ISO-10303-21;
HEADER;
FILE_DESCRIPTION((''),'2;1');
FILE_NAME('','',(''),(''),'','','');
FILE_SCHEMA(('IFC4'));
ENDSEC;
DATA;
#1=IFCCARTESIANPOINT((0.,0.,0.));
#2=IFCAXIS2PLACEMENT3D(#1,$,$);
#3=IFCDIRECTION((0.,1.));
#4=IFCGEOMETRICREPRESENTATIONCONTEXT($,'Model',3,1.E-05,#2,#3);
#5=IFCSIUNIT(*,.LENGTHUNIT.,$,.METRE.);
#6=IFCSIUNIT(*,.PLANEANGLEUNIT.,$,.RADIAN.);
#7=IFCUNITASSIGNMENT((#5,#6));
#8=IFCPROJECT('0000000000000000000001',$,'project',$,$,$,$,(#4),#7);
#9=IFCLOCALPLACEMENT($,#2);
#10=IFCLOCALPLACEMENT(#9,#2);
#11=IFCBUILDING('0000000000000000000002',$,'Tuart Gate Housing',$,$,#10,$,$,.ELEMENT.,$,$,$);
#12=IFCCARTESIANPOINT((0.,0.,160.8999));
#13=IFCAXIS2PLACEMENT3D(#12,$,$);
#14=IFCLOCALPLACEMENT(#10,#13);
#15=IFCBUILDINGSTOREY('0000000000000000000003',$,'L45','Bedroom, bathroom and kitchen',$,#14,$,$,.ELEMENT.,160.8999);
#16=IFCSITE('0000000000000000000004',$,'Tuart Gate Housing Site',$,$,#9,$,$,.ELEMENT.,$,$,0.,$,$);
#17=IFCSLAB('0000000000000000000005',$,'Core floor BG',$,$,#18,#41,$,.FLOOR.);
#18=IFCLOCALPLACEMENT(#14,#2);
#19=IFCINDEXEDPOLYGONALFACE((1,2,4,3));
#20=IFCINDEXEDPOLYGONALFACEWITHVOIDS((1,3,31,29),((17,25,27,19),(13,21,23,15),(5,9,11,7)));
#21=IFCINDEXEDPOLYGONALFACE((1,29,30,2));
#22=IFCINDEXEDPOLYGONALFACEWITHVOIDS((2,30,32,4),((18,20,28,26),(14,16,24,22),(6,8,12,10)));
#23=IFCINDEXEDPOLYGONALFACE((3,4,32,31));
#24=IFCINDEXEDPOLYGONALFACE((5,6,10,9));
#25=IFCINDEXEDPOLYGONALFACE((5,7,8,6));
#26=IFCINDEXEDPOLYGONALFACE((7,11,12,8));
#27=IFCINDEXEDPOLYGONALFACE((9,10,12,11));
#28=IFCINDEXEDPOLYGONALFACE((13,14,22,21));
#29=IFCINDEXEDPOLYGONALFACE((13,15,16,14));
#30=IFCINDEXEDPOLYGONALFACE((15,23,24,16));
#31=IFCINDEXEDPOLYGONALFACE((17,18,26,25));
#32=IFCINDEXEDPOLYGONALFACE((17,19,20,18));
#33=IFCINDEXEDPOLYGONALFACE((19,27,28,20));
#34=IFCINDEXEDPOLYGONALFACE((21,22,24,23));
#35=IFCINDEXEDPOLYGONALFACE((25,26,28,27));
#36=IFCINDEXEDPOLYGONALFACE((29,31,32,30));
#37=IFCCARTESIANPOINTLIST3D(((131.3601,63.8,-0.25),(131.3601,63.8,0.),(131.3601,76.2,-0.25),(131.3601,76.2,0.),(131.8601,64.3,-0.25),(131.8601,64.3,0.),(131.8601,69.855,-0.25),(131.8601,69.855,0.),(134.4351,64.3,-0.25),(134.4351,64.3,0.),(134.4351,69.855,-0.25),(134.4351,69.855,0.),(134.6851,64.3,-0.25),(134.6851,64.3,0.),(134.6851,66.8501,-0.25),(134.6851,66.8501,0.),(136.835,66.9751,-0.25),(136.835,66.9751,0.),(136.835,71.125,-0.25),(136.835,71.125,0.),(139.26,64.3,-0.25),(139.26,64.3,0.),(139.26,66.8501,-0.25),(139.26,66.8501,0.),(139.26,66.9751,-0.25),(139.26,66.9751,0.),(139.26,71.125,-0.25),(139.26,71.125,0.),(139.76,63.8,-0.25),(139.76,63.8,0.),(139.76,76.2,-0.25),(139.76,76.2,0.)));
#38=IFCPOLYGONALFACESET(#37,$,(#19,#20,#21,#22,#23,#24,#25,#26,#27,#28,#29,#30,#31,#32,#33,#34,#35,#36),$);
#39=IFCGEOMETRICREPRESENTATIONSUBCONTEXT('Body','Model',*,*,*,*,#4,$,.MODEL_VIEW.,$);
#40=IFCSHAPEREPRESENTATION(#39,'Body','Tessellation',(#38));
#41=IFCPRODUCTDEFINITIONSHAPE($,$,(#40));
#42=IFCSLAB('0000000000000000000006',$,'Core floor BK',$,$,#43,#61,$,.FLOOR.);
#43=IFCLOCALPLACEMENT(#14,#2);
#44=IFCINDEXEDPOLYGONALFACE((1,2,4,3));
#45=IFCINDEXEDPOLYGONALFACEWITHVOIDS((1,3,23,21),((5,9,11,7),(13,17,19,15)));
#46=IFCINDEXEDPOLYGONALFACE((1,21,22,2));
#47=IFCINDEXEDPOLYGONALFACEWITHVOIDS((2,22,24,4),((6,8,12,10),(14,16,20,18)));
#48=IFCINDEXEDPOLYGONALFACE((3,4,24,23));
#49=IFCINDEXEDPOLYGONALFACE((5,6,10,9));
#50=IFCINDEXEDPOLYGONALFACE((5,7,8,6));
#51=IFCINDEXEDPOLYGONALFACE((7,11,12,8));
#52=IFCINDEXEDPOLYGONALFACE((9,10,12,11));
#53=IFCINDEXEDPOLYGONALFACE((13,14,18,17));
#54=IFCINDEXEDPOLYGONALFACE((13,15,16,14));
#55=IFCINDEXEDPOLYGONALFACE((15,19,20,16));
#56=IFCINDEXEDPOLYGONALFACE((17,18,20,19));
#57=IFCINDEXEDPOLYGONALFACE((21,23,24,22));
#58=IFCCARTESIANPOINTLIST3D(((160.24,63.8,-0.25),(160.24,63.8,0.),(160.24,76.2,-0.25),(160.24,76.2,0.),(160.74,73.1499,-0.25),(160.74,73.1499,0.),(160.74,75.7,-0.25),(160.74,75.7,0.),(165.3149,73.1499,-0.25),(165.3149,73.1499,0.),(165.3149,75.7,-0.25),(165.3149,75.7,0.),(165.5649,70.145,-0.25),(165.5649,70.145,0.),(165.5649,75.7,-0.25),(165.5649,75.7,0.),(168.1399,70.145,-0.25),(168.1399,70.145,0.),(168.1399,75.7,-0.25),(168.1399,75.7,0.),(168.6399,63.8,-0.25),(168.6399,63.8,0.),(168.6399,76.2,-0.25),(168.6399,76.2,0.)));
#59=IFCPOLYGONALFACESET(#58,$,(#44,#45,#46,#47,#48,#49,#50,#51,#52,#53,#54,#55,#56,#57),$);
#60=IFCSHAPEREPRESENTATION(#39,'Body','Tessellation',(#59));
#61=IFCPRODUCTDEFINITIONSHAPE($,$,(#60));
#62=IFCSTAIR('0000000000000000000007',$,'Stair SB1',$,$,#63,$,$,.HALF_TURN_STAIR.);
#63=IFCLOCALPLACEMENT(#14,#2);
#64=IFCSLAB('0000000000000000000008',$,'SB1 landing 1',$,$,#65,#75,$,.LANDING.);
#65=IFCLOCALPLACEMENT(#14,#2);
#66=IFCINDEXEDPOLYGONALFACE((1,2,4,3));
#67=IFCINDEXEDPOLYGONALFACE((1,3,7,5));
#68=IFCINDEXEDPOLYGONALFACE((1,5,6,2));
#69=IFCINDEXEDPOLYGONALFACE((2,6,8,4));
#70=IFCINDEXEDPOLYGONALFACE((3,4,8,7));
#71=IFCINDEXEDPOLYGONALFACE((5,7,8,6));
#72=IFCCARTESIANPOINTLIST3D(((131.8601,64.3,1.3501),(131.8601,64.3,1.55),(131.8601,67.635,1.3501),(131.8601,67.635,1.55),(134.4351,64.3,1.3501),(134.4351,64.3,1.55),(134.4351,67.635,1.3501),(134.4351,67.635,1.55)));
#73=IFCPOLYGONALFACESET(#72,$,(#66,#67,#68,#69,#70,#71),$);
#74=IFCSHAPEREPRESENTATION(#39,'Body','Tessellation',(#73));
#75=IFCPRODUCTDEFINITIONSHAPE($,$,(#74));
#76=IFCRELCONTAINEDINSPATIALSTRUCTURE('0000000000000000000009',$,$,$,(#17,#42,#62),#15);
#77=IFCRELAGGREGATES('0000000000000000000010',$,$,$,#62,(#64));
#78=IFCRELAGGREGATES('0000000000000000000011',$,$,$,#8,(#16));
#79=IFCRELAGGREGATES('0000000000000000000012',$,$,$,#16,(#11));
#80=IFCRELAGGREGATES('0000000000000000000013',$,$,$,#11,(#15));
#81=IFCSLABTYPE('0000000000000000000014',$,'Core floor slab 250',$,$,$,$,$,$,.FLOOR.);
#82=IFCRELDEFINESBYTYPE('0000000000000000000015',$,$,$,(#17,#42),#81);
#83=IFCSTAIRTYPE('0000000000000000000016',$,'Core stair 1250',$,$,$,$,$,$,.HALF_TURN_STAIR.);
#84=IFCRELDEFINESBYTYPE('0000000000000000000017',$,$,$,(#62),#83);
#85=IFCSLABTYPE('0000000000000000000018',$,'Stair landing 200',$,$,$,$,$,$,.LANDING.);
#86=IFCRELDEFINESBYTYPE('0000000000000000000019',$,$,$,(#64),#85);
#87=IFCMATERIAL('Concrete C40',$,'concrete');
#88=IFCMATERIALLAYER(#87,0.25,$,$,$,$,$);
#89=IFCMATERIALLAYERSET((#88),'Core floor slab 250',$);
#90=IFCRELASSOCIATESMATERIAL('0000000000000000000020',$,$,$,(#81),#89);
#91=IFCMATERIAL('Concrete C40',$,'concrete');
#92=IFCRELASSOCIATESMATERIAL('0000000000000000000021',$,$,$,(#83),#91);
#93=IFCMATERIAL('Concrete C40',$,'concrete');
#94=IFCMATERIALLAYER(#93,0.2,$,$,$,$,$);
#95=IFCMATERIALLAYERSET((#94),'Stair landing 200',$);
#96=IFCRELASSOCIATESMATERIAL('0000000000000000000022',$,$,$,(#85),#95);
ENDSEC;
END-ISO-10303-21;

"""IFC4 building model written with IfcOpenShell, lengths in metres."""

from ifc_helpers import new_model, si_unit, direction, frame, origin, place, context, subcontext, project, spatial, polyline, outline, extrude, material, layer, layer_set, type_object, element, aggregate, save


model = new_model("IFC4")

# Units and contexts
model_context = context("Model", 3, precision=1e-05, world=origin(), true_north=direction((0.0, 1.0)))
body_context = subcontext(model_context, "Body", "Model", "MODEL_VIEW")
ifc_project = project(units=[si_unit("LENGTHUNIT", "METRE"), si_unit("PLANEANGLEUNIT", "RADIAN")], contexts=[model_context])

# Site, building, storey
site_placement = place(None, origin())
site = spatial("IfcSite", under=ifc_project, at=site_placement, Name="Tuart Gate Housing Site", CompositionType="ELEMENT", RefElevation=0.0)
building_placement = place(site_placement, origin())
building = spatial("IfcBuilding", under=site, at=building_placement, Name="Tuart Gate Housing", CompositionType="ELEMENT")
storey_placement = place(building_placement, frame((0.0, 0.0, 160.8999)))
storey = spatial("IfcBuildingStorey", under=building, at=storey_placement, Name="L45", Description="Bedroom, bathroom and kitchen", CompositionType="ELEMENT", Elevation=160.8999)

# Slabs
ifc_material_1 = material(Name="Concrete C40", Category="concrete")
ifc_layer_1 = layer(ifc_material_1, 0.25)
ifc_layer_set_1 = layer_set([ifc_layer_1], Name="Core floor slab 250")
slab_type_1 = type_object("IfcSlabType", Name="Core floor slab 250", PredefinedType="FLOOR", material=ifc_layer_set_1)
slab_1_placement = place(storey_placement, frame((0.0, 0.0, -0.25)))
element("IfcSlab", 1, at=slab_1_placement, inside=storey, type_object=slab_type_1, Name="Core floor BG", PredefinedType="FLOOR", context=body_context, shape_type="SweptSolid", body=[
    extrude(outline(polyline([(131.3601, 63.8), (139.76, 63.8), (139.76, 76.2), (131.3601, 76.2), (131.3601, 63.8)]), holes=[polyline([(139.26, 66.8501), (134.6851, 66.8501), (134.6851, 64.3), (139.26, 64.3), (139.26, 66.8501)]), polyline([(139.26, 71.125), (136.835, 71.125), (136.835, 66.9751), (139.26, 66.9751), (139.26, 71.125)]), polyline([(134.4351, 69.855), (131.8601, 69.855), (131.8601, 64.3), (134.4351, 64.3), (134.4351, 69.855)])]), origin(), (0.0, 0.0, 1.0), 0.25),
])
slab_2_placement = place(storey_placement, frame((0.0, 0.0, -0.25)))
element("IfcSlab", 2, at=slab_2_placement, inside=storey, type_object=slab_type_1, Name="Core floor BK", PredefinedType="FLOOR", context=body_context, shape_type="SweptSolid", body=[
    extrude(outline(polyline([(160.24, 63.8), (168.6399, 63.8), (168.6399, 76.2), (160.24, 76.2), (160.24, 63.8)]), holes=[polyline([(160.74, 73.1499), (165.3149, 73.1499), (165.3149, 75.7), (160.74, 75.7), (160.74, 73.1499)]), polyline([(165.5649, 70.145), (168.1399, 70.145), (168.1399, 75.7), (165.5649, 75.7), (165.5649, 70.145)])]), origin(), (0.0, 0.0, 1.0), 0.25),
])

# Stair, slab
ifc_material_2 = material(Name="Concrete C40", Category="concrete")
stair_type = type_object("IfcStairType", Name="Core stair 1250", PredefinedType="HALF_TURN_STAIR", material=ifc_material_2)
stair_placement = place(storey_placement, origin())
stair = element("IfcStair", 3, at=stair_placement, inside=storey, type_object=stair_type, Name="Stair SB1", PredefinedType="HALF_TURN_STAIR")
ifc_material_3 = material(Name="Concrete C40", Category="concrete")
ifc_layer_2 = layer(ifc_material_3, 0.2)
ifc_layer_set_2 = layer_set([ifc_layer_2], Name="Stair landing 200")
slab_type_2 = type_object("IfcSlabType", Name="Stair landing 200", PredefinedType="LANDING", material=ifc_layer_set_2)
slab_3_placement = place(storey_placement, frame((0.0, 0.0, 1.3501)))
slab_3 = element("IfcSlab", 4, at=slab_3_placement, type_object=slab_type_2, Name="SB1 landing 1", PredefinedType="LANDING", context=body_context, shape_type="SweptSolid", body=[
    extrude(outline(polyline([(134.4351, 67.635), (131.8601, 67.635), (131.8601, 64.3), (134.4351, 64.3), (134.4351, 67.635)])), origin(), (0.0, 0.0, 1.0), 0.2),
])
aggregate(stair, [slab_3])

save(model, "model.ifc")
